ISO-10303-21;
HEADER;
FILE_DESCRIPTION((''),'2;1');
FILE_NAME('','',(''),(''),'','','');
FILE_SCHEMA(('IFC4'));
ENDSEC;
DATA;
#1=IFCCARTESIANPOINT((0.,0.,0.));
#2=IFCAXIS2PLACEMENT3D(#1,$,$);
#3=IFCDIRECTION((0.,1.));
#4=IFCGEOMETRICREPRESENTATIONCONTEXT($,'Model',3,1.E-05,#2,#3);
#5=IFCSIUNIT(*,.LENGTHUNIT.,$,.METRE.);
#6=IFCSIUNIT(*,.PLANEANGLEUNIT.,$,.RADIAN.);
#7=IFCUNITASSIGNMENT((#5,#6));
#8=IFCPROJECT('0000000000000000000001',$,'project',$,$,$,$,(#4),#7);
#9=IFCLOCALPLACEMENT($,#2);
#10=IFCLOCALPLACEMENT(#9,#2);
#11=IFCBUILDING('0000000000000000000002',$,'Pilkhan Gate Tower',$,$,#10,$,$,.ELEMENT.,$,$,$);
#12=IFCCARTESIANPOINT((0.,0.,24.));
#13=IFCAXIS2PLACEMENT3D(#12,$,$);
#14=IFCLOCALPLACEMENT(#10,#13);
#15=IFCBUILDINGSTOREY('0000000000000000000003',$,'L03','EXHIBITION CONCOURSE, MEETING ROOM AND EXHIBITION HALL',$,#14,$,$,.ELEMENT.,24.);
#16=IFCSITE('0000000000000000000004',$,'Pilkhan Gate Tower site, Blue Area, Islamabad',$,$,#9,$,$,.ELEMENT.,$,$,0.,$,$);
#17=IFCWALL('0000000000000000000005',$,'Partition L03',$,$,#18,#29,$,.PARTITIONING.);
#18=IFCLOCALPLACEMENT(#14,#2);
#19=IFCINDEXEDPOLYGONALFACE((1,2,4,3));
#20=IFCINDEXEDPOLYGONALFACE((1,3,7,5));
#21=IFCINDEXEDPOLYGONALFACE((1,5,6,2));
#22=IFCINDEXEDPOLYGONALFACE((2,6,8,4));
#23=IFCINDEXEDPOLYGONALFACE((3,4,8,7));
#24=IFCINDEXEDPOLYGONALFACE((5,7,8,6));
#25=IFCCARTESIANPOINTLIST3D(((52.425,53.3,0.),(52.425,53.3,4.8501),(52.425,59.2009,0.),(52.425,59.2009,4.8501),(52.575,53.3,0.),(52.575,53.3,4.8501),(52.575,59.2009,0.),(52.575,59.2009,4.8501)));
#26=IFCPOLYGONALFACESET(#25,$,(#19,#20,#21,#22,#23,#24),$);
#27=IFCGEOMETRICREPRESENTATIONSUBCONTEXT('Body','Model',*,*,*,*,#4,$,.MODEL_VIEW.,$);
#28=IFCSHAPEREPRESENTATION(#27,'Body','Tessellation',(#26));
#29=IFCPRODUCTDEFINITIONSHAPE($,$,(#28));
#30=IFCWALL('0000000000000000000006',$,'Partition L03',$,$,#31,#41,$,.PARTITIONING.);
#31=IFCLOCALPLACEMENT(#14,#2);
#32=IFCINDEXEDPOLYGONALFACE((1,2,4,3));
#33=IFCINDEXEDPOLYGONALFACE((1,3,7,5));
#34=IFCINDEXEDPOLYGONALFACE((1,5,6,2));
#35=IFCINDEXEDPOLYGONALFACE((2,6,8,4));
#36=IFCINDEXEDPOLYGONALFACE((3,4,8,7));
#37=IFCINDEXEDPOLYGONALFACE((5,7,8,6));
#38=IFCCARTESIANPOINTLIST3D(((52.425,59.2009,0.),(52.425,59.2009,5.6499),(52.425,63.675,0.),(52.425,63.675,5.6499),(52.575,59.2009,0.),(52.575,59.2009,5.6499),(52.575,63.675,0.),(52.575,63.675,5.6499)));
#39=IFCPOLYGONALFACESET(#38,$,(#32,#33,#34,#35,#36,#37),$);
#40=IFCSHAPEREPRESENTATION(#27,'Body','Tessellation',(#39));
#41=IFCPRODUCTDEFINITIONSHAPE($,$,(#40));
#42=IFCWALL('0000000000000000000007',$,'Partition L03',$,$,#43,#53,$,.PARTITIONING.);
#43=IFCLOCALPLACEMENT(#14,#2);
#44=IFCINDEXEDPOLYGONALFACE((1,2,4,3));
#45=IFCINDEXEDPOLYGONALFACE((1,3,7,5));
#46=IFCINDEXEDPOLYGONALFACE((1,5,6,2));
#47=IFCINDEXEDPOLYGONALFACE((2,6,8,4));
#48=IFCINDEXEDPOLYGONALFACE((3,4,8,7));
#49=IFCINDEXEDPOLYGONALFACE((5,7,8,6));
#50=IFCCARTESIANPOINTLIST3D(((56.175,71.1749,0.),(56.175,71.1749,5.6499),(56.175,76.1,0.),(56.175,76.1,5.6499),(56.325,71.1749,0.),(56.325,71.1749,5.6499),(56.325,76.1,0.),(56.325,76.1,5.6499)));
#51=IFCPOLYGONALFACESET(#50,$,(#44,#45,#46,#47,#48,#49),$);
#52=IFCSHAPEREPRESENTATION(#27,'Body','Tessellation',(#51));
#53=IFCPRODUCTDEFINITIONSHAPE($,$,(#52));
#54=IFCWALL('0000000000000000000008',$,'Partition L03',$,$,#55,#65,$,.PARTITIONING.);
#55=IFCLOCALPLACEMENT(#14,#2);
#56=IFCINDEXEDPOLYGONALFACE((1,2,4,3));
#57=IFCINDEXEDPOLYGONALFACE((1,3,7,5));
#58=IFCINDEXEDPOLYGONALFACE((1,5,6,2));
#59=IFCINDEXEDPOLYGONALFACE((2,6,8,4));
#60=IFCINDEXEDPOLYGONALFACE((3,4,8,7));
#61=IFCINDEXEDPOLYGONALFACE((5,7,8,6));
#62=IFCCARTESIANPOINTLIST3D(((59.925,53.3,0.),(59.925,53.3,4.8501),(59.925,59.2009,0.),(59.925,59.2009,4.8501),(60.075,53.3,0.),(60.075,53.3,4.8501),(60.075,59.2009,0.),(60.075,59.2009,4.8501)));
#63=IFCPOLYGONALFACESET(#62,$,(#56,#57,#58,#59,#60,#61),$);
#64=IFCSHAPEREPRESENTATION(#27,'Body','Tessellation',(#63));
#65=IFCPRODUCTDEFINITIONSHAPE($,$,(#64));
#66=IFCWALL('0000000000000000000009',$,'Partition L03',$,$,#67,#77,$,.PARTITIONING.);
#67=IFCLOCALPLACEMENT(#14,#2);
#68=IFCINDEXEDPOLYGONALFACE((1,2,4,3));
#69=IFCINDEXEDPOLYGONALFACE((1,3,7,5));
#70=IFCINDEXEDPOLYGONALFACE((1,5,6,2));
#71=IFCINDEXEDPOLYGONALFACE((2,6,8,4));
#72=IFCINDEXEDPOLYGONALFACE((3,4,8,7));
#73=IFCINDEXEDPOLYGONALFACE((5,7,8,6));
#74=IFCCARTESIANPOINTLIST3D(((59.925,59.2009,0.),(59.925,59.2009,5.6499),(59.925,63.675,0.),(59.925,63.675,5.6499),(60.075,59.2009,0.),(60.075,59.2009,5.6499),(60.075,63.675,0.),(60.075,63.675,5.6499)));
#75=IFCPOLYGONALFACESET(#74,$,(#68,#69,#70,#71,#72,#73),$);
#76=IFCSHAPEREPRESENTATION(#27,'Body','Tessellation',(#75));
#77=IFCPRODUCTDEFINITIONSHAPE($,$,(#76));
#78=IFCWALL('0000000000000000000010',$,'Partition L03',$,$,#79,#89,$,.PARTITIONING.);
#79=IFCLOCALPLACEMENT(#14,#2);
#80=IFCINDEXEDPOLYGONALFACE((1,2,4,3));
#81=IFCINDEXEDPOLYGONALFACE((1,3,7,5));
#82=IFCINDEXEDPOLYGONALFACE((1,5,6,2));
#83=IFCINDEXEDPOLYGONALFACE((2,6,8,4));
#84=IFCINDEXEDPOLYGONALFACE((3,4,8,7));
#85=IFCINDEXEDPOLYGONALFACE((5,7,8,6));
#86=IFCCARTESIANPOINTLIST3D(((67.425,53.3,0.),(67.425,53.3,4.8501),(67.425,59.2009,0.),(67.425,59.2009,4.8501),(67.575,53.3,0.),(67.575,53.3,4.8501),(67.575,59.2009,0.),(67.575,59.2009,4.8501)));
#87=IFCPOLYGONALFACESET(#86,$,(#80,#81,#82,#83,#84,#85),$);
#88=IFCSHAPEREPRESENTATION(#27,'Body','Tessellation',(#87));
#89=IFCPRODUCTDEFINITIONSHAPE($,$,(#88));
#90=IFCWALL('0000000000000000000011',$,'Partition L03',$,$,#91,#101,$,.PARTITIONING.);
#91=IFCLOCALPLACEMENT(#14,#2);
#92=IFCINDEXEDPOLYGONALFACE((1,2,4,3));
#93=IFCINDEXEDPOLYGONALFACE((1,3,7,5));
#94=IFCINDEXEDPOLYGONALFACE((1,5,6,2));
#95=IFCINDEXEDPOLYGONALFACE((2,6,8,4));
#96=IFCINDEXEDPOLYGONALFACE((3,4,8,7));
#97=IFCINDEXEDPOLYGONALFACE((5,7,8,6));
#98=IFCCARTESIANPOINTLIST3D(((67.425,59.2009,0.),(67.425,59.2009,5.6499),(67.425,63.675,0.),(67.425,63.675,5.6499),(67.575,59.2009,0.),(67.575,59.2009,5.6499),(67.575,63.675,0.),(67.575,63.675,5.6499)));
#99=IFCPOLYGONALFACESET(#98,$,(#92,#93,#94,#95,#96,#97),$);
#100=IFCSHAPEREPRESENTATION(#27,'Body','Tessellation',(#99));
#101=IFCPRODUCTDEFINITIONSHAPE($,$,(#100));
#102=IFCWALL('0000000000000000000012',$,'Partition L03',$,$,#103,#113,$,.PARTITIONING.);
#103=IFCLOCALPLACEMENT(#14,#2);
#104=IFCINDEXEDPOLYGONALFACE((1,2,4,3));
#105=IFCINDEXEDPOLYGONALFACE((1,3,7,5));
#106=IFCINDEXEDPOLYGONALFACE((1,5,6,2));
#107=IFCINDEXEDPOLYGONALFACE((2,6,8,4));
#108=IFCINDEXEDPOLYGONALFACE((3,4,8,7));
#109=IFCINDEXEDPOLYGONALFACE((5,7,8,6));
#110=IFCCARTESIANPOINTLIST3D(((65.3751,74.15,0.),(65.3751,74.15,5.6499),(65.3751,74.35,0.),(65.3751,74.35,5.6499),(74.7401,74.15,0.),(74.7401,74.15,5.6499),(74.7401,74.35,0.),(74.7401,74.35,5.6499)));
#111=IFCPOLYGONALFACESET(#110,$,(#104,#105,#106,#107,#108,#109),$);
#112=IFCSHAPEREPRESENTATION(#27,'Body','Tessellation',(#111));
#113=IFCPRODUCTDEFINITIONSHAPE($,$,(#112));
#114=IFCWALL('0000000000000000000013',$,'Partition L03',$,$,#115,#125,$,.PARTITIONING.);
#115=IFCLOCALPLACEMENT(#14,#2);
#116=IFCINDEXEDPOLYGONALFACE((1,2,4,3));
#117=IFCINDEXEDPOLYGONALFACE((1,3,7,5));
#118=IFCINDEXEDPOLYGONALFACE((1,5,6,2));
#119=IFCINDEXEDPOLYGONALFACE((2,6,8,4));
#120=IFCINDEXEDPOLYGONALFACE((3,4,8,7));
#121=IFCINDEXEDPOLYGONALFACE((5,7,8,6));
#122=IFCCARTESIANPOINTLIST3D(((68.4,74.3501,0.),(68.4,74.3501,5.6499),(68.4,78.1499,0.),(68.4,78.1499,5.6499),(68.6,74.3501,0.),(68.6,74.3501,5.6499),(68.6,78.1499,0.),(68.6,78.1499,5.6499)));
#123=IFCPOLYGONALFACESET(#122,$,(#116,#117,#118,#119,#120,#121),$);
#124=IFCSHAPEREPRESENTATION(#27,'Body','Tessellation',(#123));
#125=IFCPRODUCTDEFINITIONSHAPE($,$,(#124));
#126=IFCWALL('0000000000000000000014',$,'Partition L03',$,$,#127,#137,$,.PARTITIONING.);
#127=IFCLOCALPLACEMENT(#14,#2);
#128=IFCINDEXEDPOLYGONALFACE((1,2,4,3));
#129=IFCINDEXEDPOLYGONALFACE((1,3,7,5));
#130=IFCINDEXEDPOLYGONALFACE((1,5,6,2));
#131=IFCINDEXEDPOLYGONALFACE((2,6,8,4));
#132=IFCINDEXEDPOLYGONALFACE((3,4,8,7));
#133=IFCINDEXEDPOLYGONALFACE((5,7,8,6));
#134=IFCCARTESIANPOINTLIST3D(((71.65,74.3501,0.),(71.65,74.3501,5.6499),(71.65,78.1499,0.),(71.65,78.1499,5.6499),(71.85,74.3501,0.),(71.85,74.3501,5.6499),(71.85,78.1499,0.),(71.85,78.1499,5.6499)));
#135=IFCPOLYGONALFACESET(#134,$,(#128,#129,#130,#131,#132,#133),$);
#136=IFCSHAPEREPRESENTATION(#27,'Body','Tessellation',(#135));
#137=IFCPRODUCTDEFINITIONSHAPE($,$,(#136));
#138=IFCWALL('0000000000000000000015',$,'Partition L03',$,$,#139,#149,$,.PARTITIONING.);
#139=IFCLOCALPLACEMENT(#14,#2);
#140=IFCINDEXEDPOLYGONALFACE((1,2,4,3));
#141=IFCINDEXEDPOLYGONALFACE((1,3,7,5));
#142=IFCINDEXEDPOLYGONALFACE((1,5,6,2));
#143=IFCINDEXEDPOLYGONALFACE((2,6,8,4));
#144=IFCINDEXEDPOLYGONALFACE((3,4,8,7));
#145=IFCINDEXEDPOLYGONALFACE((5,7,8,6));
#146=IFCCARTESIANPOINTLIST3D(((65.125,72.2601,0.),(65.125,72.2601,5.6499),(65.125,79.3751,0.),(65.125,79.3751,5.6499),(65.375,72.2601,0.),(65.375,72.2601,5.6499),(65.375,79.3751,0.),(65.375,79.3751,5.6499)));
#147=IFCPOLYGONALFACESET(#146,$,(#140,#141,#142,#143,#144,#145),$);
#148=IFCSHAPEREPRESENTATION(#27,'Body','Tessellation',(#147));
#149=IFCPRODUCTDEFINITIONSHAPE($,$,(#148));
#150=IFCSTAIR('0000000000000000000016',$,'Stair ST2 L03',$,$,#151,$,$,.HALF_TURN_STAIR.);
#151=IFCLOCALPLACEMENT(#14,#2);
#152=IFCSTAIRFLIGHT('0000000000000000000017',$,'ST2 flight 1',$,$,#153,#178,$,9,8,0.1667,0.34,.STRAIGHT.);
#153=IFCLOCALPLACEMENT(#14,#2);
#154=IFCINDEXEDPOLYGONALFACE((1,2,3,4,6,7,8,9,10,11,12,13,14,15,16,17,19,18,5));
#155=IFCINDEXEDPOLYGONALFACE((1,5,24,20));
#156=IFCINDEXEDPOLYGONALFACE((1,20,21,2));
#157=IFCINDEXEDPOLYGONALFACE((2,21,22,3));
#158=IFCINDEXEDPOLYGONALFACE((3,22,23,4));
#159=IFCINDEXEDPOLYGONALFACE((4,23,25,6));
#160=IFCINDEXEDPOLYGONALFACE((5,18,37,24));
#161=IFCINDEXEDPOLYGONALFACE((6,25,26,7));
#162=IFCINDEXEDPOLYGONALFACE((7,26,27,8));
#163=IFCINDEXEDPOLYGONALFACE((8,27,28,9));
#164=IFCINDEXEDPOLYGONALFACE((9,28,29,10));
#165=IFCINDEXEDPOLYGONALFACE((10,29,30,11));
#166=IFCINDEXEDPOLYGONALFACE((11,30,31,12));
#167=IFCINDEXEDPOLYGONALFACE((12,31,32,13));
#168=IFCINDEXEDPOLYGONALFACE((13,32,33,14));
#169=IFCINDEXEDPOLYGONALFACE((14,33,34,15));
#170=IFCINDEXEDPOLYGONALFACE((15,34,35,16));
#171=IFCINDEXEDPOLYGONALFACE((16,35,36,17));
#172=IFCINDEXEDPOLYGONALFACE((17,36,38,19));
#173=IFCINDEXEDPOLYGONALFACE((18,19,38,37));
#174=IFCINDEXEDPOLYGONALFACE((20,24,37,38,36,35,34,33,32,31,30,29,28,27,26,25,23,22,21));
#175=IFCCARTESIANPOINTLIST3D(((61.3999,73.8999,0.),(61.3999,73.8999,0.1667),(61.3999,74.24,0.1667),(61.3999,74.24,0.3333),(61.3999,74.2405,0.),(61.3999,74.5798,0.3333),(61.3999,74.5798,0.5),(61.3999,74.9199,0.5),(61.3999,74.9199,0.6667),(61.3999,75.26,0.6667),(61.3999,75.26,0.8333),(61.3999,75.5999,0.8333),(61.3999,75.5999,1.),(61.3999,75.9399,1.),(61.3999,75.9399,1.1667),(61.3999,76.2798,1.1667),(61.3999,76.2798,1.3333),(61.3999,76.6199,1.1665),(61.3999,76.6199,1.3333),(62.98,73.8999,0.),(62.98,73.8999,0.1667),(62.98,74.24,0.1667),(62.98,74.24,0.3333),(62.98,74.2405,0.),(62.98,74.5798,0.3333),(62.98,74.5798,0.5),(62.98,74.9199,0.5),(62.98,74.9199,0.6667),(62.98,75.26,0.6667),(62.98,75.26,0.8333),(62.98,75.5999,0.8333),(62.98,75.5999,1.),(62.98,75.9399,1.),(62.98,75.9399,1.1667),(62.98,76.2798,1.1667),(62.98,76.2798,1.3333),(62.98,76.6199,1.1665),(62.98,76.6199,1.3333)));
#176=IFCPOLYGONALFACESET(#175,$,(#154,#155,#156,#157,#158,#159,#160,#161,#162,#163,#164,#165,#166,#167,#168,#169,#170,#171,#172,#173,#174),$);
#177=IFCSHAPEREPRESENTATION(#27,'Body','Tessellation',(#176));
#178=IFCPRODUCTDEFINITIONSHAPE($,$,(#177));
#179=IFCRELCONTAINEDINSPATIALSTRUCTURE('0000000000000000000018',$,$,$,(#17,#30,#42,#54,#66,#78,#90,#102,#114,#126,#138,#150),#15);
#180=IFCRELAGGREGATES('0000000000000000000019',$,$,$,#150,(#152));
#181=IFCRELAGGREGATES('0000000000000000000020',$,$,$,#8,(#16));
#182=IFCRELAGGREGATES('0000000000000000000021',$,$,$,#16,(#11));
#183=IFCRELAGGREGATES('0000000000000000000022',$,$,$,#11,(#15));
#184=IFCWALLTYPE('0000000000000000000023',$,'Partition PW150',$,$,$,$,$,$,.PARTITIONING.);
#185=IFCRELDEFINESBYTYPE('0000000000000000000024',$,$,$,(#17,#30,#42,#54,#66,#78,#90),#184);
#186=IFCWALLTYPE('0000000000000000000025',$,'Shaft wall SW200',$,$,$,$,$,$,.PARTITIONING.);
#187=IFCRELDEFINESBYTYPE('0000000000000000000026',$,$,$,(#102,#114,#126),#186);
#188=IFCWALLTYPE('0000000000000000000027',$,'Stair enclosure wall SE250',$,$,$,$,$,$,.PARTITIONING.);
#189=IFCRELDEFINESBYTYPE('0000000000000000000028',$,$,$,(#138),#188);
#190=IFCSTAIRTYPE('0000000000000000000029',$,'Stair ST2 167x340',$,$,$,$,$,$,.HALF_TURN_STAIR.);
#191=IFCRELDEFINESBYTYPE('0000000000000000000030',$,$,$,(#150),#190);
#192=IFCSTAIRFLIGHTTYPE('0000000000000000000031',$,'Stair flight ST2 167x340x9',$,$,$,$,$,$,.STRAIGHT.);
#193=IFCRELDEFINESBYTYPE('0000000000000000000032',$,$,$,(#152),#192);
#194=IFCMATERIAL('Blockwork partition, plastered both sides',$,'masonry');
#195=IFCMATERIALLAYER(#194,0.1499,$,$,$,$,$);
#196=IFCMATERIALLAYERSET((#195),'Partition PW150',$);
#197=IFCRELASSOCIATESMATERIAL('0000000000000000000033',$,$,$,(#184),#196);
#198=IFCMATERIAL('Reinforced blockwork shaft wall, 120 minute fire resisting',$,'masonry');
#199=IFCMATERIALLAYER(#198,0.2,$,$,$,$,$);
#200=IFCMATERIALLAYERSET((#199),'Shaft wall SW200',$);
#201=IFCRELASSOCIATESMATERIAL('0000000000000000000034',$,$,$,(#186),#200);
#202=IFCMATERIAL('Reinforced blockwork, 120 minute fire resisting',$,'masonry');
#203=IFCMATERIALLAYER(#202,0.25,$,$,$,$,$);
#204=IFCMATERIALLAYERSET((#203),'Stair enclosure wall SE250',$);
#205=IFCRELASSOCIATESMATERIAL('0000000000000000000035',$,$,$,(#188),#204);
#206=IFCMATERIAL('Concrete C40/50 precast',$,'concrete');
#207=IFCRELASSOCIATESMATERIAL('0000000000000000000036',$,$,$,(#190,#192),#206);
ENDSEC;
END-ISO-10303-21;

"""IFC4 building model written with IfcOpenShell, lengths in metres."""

from ifc_helpers import new_model, si_unit, direction, frame, frame_2d, origin, place, context, subcontext, project, spatial, polyline, rectangle, outline, extrude, material, layer, layer_set, type_object, element, aggregate, save


model = new_model("IFC4")

# Units and contexts
model_context = context("Model", 3, precision=1e-05, world=origin(), true_north=direction((0.0, 1.0)))
body_context = subcontext(model_context, "Body", "Model", "MODEL_VIEW")
ifc_project = project(units=[si_unit("LENGTHUNIT", "METRE"), si_unit("PLANEANGLEUNIT", "RADIAN")], contexts=[model_context])

# Site, building, storey
site_placement = place(None, origin())
site = spatial("IfcSite", under=ifc_project, at=site_placement, Name="Pilkhan Gate Tower site, Blue Area, Islamabad", CompositionType="ELEMENT", RefElevation=0.0)
building_placement = place(site_placement, origin())
building = spatial("IfcBuilding", under=site, at=building_placement, Name="Pilkhan Gate Tower", CompositionType="ELEMENT")
storey_placement = place(building_placement, frame((0.0, 0.0, 24.0)))
storey = spatial("IfcBuildingStorey", under=building, at=storey_placement, Name="L03", Description="EXHIBITION CONCOURSE, MEETING ROOM AND EXHIBITION HALL", CompositionType="ELEMENT", Elevation=24.0)

# Shared definitions
ifc_material_1 = material(Name="Blockwork partition, plastered both sides", Category="masonry")
ifc_layer_1 = layer(ifc_material_1, 0.1499)
ifc_layer_set_1 = layer_set([ifc_layer_1], Name="Partition PW150")
wall_type_1 = type_object("IfcWallType", Name="Partition PW150", PredefinedType="PARTITIONING", material=ifc_layer_set_1)

# Walls
wall_1_placement = place(storey_placement, frame((52.5, 53.3, 0.0), z_axis=(0.0, 0.0, 1.0), x_axis=(0.0, 1.0, 0.0)))
element("IfcWall", 1, at=wall_1_placement, inside=storey, type_object=wall_type_1, Name="Partition L03", PredefinedType="PARTITIONING", context=body_context, shape_type="SweptSolid", body=[
    extrude(rectangle(XDim=5.9009, YDim=0.1499, at=frame_2d((2.9504, 0.0))), origin(), (0.0, 0.0, 1.0), 4.8501),
])
wall_2_placement = place(storey_placement, frame((52.5, 59.2009, 0.0), z_axis=(0.0, 0.0, 1.0), x_axis=(0.0, 1.0, 0.0)))
element("IfcWall", 2, at=wall_2_placement, inside=storey, type_object=wall_type_1, Name="Partition L03", PredefinedType="PARTITIONING", context=body_context, shape_type="SweptSolid", body=[
    extrude(rectangle(XDim=4.4741, YDim=0.1499, at=frame_2d((2.2371, 0.0))), origin(), (0.0, 0.0, 1.0), 5.6499),
])
wall_3_placement = place(storey_placement, frame((56.25, 71.175, 0.0), z_axis=(0.0, 0.0, 1.0), x_axis=(0.0, 1.0, 0.0)))
element("IfcWall", 3, at=wall_3_placement, inside=storey, type_object=wall_type_1, Name="Partition L03", PredefinedType="PARTITIONING", context=body_context, shape_type="SweptSolid", body=[
    extrude(rectangle(XDim=4.925, YDim=0.1499, at=frame_2d((2.4624, 0.0))), origin(), (0.0, 0.0, 1.0), 5.6499),
])
wall_4_placement = place(storey_placement, frame((60.0, 53.3, 0.0), z_axis=(0.0, 0.0, 1.0), x_axis=(0.0, 1.0, 0.0)))
element("IfcWall", 4, at=wall_4_placement, inside=storey, type_object=wall_type_1, Name="Partition L03", PredefinedType="PARTITIONING", context=body_context, shape_type="SweptSolid", body=[
    extrude(rectangle(XDim=5.9009, YDim=0.1499, at=frame_2d((2.9504, 0.0))), origin(), (0.0, 0.0, 1.0), 4.8501),
])
wall_5_placement = place(storey_placement, frame((60.0, 59.2009, 0.0), z_axis=(0.0, 0.0, 1.0), x_axis=(0.0, 1.0, 0.0)))
element("IfcWall", 5, at=wall_5_placement, inside=storey, type_object=wall_type_1, Name="Partition L03", PredefinedType="PARTITIONING", context=body_context, shape_type="SweptSolid", body=[
    extrude(rectangle(XDim=4.4741, YDim=0.1499, at=frame_2d((2.2371, 0.0))), origin(), (0.0, 0.0, 1.0), 5.6499),
])
wall_6_placement = place(storey_placement, frame((67.5, 53.3, 0.0), z_axis=(0.0, 0.0, 1.0), x_axis=(0.0, 1.0, 0.0)))
element("IfcWall", 6, at=wall_6_placement, inside=storey, type_object=wall_type_1, Name="Partition L03", PredefinedType="PARTITIONING", context=body_context, shape_type="SweptSolid", body=[
    extrude(rectangle(XDim=5.9009, YDim=0.1499, at=frame_2d((2.9504, 0.0))), origin(), (0.0, 0.0, 1.0), 4.8501),
])
wall_7_placement = place(storey_placement, frame((67.5, 59.2009, 0.0), z_axis=(0.0, 0.0, 1.0), x_axis=(0.0, 1.0, 0.0)))
element("IfcWall", 7, at=wall_7_placement, inside=storey, type_object=wall_type_1, Name="Partition L03", PredefinedType="PARTITIONING", context=body_context, shape_type="SweptSolid", body=[
    extrude(rectangle(XDim=4.4741, YDim=0.1499, at=frame_2d((2.2371, 0.0))), origin(), (0.0, 0.0, 1.0), 5.6499),
])
ifc_material_2 = material(Name="Reinforced blockwork shaft wall, 120 minute fire resisting", Category="masonry")
ifc_layer_2 = layer(ifc_material_2, 0.2)
ifc_layer_set_2 = layer_set([ifc_layer_2], Name="Shaft wall SW200")
wall_type_2 = type_object("IfcWallType", Name="Shaft wall SW200", PredefinedType="PARTITIONING", material=ifc_layer_set_2)
wall_8_placement = place(storey_placement, frame((65.375, 74.25, 0.0), z_axis=(0.0, 0.0, 1.0), x_axis=(1.0, 0.0, 0.0)))
element("IfcWall", 8, at=wall_8_placement, inside=storey, type_object=wall_type_2, Name="Partition L03", PredefinedType="PARTITIONING", context=body_context, shape_type="SweptSolid", body=[
    extrude(rectangle(XDim=9.365, YDim=0.2, at=frame_2d((4.6826, 0.0))), origin(), (0.0, 0.0, 1.0), 5.6499),
])
for number, where, z_axis, x_axis, name in (
    (9, (68.5, 74.3501, 0.0), (0.0, 0.0, 1.0), (0.0, 1.0, 0.0), "Partition L03"),
    (10, (71.75, 74.3501, 0.0), (0.0, 0.0, 1.0), (0.0, 1.0, 0.0), "Partition L03"),
):
    element("IfcWall", number, at=place(storey_placement, frame(where, z_axis=z_axis, x_axis=x_axis)), inside=storey, type_object=wall_type_2, Name=name, PredefinedType="PARTITIONING", context=body_context, shape_type="SweptSolid", body=[
        extrude(rectangle(XDim=3.7998, YDim=0.2, at=frame_2d((1.8999, 0.0))), origin(), (0.0, 0.0, 1.0), 5.6499),
    ])
ifc_material_3 = material(Name="Reinforced blockwork, 120 minute fire resisting", Category="masonry")
ifc_layer_3 = layer(ifc_material_3, 0.25)
ifc_layer_set_3 = layer_set([ifc_layer_3], Name="Stair enclosure wall SE250")
wall_type_3 = type_object("IfcWallType", Name="Stair enclosure wall SE250", PredefinedType="PARTITIONING", material=ifc_layer_set_3)
wall_9_placement = place(storey_placement, frame((65.25, 72.26, 0.0), z_axis=(0.0, 0.0, 1.0), x_axis=(0.0, 1.0, 0.0)))
element("IfcWall", 11, at=wall_9_placement, inside=storey, type_object=wall_type_3, Name="Partition L03", PredefinedType="PARTITIONING", context=body_context, shape_type="SweptSolid", body=[
    extrude(rectangle(XDim=7.115, YDim=0.25, at=frame_2d((3.5576, 0.0))), origin(), (0.0, 0.0, 1.0), 5.6499),
])

# Stair, stair flight
ifc_material_4 = material(Name="Concrete C40/50 precast", Category="concrete")
stair_type = type_object("IfcStairType", Name="Stair ST2 167x340", PredefinedType="HALF_TURN_STAIR", material=ifc_material_4)
stair_placement = place(storey_placement, origin())
stair = element("IfcStair", 12, at=stair_placement, inside=storey, type_object=stair_type, Name="Stair ST2 L03", PredefinedType="HALF_TURN_STAIR")
stair_flight_type = type_object("IfcStairFlightType", Name="Stair flight ST2 167x340x9", PredefinedType="STRAIGHT", material=ifc_material_4)
stair_flight_1_placement = place(storey_placement, frame((62.1899, 73.8999, 0.0), z_axis=(0.0, 0.0, 1.0), x_axis=(0.0, 1.0, 0.0)))
stair_flight_1 = element("IfcStairFlight", 13, at=stair_flight_1_placement, type_object=stair_flight_type, Name="ST2 flight 1", NumberOfRisers=9, NumberOfTreads=8, PredefinedType="STRAIGHT", RiserHeight=0.1667, TreadLength=0.34, context=body_context, shape_type="SweptSolid", body=[
    extrude(outline(polyline([(0.0, 0.0), (0.0, 0.1667), (0.3401, 0.1667), (0.3401, 0.3333), (0.6799, 0.3333), (0.6799, 0.5), (1.02, 0.5), (1.02, 0.6667), (1.3601, 0.6667), (1.3601, 0.8333), (1.7, 0.8333), (1.7, 1.0), (2.04, 1.0), (2.04, 1.1667), (2.3799, 1.1667), (2.3799, 1.3333), (2.72, 1.3333), (2.72, 1.5), (2.72, 1.1665), (0.3406, 0.0), (0.0, 0.0)])), frame((0.0, 0.79, 0.0), z_axis=(0.0, -1.0, 0.0), x_axis=(1.0, 0.0, 0.0)), (0.0, 0.0, 1.0), 1.5801),
])
aggregate(stair, [stair_flight_1])

save(model, "model.ifc")
